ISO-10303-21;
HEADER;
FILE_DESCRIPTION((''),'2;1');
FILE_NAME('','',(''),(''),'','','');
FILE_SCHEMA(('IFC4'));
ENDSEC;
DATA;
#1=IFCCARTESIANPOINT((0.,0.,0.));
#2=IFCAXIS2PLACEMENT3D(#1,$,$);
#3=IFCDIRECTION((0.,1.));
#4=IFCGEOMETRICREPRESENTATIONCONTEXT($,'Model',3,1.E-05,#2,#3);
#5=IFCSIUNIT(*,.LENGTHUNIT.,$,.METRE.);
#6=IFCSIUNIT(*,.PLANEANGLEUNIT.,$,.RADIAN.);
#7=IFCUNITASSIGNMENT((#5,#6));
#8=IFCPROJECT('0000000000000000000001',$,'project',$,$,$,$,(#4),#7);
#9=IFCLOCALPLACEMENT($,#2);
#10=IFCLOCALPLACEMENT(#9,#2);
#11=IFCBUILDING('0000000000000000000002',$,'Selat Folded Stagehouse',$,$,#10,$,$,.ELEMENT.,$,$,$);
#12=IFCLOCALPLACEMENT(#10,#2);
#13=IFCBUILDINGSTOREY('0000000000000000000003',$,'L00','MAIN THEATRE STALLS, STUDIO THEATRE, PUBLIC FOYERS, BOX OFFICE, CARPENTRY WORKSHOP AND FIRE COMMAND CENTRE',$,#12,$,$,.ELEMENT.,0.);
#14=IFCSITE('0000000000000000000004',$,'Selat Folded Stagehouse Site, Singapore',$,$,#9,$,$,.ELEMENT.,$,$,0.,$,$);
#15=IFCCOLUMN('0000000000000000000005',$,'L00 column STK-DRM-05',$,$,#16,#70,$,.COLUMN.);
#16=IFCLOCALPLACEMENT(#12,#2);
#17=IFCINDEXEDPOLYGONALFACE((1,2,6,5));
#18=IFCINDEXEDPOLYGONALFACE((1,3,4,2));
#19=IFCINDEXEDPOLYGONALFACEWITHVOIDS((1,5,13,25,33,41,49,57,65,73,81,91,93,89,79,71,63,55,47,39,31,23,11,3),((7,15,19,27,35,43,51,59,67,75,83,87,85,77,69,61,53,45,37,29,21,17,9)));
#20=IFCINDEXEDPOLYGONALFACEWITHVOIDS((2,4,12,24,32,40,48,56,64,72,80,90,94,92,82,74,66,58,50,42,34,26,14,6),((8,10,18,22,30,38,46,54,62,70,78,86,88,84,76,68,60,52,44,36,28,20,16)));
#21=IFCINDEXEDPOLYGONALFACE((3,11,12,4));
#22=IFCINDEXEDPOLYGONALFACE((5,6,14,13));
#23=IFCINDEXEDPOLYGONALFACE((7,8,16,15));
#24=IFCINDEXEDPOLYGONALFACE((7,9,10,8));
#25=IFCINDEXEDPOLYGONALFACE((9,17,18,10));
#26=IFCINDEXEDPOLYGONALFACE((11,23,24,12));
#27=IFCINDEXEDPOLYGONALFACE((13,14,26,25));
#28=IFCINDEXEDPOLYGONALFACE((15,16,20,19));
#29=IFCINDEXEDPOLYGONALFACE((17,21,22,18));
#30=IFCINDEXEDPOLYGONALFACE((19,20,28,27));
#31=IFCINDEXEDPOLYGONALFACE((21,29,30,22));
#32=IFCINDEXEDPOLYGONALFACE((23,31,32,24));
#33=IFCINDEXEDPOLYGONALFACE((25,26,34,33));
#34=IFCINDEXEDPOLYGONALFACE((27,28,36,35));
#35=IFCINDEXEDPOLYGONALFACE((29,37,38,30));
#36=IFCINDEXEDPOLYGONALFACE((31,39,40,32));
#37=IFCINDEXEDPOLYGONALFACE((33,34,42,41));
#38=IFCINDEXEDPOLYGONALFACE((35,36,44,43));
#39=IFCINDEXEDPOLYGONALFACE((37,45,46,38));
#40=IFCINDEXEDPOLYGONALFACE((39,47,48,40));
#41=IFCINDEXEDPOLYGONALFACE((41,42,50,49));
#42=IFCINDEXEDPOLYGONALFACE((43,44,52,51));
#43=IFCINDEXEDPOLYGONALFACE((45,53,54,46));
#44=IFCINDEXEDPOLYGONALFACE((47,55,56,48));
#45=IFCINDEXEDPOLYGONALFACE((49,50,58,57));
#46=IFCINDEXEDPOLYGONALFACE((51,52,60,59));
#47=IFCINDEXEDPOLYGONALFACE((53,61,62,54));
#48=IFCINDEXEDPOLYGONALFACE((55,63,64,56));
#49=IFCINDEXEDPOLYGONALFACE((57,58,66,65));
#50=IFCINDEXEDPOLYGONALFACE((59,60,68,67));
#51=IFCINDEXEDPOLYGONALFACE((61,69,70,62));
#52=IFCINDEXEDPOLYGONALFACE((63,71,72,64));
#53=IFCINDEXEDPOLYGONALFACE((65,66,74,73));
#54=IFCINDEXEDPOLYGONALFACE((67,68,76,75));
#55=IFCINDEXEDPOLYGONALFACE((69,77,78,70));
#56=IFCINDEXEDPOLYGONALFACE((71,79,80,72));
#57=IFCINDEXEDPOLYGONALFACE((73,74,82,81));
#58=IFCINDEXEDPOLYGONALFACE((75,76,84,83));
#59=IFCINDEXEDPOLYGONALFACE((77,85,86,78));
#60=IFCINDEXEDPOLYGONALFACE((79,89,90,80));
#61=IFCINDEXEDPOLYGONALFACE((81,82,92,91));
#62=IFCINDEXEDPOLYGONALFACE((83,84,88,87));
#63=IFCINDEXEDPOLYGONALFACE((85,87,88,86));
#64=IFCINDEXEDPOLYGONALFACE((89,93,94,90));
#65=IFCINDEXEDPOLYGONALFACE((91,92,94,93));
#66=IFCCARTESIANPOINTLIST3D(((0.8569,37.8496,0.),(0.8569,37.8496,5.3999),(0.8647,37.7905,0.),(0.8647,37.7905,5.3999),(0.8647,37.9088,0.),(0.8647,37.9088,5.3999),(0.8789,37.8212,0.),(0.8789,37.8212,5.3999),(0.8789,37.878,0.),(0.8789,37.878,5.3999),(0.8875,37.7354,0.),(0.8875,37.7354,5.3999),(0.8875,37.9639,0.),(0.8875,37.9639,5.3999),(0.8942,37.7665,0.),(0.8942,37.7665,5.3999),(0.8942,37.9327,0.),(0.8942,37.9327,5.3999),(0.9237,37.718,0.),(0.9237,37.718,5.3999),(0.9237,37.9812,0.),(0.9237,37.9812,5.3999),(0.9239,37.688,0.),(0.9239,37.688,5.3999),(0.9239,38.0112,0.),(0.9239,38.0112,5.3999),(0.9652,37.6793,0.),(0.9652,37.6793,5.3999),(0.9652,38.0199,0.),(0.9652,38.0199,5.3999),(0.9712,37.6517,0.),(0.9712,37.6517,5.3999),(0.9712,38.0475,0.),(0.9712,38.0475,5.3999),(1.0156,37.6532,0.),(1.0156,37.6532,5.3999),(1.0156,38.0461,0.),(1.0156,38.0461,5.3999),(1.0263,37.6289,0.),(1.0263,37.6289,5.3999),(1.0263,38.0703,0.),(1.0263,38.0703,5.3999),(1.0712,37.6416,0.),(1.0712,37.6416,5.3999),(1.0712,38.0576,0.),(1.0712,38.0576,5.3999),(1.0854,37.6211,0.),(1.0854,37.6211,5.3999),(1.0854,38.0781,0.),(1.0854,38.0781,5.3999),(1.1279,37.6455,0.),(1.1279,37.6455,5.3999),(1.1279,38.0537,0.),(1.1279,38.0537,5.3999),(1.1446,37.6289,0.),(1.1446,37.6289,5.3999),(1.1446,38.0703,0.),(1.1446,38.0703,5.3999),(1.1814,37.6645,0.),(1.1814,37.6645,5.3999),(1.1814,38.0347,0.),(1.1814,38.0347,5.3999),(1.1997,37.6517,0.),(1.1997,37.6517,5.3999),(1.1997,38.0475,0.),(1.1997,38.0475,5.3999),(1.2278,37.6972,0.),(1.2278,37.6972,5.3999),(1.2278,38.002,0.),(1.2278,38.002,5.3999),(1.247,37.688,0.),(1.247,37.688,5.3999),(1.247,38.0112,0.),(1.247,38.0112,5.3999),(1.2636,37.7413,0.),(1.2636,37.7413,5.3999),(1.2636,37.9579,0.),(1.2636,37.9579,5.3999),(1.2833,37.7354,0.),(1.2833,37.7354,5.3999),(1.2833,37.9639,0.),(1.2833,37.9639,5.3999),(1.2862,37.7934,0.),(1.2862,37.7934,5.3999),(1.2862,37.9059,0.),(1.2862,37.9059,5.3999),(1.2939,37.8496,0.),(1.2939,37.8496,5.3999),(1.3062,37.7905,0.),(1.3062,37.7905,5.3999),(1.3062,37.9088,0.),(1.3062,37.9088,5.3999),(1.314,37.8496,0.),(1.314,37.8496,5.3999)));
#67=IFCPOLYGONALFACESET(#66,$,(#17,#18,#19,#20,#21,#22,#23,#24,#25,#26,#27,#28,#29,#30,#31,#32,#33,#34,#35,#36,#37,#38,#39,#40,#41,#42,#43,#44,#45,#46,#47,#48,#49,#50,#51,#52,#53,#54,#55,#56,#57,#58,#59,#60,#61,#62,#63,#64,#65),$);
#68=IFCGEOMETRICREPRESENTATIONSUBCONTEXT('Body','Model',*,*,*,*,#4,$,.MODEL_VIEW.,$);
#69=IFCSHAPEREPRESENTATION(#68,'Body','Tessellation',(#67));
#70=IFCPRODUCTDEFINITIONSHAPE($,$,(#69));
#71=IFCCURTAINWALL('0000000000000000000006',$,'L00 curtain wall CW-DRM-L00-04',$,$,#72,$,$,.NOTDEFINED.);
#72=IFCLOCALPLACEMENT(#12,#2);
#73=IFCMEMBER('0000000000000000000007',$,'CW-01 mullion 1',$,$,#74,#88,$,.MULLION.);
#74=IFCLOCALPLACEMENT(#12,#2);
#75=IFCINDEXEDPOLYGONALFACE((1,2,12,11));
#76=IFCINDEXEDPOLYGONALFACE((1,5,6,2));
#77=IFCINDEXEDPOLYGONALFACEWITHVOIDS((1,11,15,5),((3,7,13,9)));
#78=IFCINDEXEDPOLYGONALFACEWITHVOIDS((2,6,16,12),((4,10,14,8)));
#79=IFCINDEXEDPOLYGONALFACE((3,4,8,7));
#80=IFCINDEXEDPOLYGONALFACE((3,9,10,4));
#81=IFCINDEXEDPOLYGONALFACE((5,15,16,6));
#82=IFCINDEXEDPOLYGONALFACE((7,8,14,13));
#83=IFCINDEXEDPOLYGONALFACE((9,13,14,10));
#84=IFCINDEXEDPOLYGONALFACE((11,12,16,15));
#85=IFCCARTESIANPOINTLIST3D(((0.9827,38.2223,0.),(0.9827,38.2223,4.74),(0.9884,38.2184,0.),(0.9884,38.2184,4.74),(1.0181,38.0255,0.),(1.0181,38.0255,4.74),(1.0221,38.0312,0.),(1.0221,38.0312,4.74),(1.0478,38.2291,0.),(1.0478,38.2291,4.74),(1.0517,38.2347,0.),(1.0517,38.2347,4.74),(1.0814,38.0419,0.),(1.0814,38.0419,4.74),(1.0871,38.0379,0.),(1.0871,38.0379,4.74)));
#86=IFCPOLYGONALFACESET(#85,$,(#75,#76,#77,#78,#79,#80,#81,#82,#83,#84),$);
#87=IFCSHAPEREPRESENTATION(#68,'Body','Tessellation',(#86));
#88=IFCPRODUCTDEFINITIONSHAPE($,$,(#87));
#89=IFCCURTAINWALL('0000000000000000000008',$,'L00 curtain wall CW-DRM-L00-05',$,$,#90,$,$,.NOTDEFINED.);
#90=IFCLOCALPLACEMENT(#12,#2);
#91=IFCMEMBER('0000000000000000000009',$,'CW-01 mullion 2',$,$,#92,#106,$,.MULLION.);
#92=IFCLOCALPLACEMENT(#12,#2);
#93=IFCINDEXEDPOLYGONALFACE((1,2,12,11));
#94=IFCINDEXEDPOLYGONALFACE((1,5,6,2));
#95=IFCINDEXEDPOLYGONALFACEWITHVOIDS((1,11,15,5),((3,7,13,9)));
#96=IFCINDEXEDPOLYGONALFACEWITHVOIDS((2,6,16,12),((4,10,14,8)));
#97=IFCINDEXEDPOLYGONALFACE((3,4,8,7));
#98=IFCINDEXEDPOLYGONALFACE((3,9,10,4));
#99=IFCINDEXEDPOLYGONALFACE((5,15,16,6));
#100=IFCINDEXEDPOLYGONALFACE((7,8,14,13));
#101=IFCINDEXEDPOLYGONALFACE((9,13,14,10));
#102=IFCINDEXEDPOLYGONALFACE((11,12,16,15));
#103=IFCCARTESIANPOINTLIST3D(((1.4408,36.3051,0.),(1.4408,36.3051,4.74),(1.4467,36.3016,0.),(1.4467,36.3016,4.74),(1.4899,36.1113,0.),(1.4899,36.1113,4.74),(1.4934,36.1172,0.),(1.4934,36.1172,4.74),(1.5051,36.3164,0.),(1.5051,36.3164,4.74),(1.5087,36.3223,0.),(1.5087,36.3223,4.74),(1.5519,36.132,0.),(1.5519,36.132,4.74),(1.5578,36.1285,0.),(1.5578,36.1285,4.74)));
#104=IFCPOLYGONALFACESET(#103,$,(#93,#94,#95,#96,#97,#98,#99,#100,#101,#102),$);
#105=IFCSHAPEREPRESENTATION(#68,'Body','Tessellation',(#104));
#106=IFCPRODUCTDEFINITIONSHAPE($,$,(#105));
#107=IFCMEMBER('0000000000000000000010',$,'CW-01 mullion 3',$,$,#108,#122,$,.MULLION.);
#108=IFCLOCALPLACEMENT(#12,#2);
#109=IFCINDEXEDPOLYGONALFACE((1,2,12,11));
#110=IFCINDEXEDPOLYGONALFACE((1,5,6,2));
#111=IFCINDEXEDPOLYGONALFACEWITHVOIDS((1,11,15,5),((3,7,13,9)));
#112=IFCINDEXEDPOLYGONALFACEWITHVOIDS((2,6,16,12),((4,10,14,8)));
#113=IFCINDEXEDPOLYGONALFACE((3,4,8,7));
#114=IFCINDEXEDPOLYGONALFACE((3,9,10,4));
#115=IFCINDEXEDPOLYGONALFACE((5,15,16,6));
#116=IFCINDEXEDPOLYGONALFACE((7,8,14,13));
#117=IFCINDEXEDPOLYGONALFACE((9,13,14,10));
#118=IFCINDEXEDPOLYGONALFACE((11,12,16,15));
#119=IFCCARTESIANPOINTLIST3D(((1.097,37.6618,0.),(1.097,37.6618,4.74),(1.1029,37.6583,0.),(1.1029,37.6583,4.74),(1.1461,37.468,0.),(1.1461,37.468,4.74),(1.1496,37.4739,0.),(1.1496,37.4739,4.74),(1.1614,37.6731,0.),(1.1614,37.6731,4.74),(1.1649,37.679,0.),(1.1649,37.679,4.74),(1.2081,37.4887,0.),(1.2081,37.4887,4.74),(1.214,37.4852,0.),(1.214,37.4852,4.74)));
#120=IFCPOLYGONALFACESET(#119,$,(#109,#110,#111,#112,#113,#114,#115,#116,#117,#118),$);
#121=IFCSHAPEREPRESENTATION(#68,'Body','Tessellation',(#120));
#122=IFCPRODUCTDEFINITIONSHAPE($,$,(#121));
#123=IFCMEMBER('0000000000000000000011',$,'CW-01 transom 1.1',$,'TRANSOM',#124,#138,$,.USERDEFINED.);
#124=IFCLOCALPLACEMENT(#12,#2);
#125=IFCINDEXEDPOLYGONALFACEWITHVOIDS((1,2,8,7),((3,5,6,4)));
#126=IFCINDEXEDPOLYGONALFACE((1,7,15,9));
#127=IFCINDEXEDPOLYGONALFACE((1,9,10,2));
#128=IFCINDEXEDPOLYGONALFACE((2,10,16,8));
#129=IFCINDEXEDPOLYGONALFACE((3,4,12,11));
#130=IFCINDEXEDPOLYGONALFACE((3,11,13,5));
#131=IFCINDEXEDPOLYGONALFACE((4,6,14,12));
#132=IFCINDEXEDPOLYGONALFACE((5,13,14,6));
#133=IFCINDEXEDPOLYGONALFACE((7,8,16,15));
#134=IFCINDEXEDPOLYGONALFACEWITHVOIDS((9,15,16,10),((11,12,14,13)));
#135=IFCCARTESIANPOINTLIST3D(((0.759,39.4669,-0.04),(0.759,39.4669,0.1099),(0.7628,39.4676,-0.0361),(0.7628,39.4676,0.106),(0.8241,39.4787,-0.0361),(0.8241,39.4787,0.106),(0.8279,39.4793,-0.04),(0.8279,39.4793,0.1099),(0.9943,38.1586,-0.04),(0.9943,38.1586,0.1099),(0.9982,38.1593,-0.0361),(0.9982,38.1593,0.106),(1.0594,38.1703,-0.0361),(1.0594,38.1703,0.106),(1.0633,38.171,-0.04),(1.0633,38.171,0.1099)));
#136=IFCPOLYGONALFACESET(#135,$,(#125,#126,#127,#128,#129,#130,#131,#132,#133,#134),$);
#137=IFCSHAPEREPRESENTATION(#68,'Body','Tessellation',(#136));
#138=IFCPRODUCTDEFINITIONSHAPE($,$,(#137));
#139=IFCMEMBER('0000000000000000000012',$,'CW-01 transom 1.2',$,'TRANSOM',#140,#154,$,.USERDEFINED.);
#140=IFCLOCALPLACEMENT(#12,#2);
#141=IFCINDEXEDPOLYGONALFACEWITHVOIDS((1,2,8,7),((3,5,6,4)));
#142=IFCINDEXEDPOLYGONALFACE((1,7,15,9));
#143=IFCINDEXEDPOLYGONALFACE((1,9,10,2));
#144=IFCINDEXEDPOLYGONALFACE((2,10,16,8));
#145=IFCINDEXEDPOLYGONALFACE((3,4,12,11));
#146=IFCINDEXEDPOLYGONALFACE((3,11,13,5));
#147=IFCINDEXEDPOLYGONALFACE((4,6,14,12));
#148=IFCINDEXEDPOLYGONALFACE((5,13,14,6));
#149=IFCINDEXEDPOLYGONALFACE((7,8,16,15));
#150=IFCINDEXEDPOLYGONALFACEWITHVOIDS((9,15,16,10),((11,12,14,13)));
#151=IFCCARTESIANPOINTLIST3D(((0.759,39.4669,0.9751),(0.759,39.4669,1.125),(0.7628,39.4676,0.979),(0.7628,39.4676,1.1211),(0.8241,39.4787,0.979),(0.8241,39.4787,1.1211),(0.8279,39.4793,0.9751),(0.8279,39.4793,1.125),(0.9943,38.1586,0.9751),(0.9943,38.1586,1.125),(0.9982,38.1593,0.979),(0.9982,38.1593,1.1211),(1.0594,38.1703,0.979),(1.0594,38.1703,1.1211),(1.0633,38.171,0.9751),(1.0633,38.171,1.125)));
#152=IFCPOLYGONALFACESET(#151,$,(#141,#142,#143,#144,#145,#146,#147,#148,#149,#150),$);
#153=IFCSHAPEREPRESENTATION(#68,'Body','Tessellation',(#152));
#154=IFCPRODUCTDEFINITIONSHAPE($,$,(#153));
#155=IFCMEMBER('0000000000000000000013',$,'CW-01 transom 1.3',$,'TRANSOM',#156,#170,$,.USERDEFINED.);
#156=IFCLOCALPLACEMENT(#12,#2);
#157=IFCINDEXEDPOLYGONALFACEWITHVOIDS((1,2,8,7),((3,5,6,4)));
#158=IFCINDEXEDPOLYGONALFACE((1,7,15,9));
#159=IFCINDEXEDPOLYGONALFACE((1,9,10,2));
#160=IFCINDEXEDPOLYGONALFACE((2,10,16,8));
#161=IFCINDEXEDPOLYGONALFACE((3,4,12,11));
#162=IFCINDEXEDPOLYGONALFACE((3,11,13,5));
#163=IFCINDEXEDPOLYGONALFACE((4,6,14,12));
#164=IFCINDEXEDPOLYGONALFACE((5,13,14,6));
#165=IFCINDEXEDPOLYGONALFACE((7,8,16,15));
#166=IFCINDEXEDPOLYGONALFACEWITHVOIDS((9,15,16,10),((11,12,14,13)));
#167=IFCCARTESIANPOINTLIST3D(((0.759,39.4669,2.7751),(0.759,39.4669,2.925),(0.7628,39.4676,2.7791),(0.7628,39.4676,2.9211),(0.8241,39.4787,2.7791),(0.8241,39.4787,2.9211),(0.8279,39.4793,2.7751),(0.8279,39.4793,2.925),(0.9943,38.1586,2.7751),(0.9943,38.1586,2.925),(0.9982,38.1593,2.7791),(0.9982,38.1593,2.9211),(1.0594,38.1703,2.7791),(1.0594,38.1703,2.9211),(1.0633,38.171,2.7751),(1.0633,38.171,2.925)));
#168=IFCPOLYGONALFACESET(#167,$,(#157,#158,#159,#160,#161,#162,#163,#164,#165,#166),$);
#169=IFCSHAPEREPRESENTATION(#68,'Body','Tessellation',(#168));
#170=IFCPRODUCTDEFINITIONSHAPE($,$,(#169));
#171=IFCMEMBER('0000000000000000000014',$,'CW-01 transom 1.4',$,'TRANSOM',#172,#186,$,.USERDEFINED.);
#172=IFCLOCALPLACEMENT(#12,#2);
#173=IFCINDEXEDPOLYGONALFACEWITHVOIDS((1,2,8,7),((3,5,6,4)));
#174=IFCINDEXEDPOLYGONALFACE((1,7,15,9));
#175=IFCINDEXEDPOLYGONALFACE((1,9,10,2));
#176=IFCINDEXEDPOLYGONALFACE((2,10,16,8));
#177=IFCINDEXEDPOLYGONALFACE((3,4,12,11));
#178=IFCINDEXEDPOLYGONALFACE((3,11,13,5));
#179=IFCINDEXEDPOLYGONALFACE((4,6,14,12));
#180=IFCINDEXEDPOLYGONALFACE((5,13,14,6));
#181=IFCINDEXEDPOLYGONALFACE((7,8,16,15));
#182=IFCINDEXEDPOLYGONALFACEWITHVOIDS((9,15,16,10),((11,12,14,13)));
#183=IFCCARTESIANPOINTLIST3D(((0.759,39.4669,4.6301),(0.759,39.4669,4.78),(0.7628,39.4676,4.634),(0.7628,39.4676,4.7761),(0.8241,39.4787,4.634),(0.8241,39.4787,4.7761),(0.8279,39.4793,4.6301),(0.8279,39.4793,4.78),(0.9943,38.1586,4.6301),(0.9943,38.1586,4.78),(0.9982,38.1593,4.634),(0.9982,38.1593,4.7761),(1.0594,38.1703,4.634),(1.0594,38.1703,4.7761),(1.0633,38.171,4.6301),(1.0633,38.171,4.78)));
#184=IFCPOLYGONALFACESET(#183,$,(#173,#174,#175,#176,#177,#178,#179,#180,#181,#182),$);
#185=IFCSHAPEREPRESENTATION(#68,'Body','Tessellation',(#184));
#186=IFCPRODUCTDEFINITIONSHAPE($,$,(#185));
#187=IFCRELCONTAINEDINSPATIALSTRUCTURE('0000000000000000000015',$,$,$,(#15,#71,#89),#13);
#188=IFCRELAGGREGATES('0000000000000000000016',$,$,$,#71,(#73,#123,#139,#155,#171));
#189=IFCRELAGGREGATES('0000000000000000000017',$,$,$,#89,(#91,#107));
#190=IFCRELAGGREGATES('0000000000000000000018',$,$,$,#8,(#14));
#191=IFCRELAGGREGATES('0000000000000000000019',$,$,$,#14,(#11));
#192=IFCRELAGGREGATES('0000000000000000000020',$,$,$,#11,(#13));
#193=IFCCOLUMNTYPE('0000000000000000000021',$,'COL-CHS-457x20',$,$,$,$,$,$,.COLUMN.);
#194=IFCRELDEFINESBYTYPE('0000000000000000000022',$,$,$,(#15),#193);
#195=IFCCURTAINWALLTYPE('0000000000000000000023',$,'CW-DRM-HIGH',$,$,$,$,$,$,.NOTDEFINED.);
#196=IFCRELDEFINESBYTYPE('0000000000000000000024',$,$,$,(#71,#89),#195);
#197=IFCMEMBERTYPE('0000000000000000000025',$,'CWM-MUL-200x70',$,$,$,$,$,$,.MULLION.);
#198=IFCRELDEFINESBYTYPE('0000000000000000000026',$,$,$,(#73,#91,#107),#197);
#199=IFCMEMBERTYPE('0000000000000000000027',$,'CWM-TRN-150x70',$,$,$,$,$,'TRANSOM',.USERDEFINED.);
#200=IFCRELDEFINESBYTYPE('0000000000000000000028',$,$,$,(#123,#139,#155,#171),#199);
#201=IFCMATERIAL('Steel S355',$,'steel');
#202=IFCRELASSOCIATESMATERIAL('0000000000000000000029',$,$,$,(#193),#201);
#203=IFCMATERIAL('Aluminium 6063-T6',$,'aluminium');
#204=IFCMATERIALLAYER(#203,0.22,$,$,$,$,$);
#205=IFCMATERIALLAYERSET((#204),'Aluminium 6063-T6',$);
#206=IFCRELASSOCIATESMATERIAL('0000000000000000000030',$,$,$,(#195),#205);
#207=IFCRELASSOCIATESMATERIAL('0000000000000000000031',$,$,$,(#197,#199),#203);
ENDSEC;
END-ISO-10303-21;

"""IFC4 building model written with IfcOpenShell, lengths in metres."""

from ifc_helpers import new_model, si_unit, direction, frame, origin, origin_2d, place, context, subcontext, project, spatial, hollow_rectangle, hollow_circle, extrude, material, layer, layer_set, material_profile, profile_set, type_object, element, aggregate, save


model = new_model("IFC4")

# Units and contexts
model_context = context("Model", 3, precision=1e-05, world=origin(), true_north=direction((0.0, 1.0)))
body_context = subcontext(model_context, "Body", "Model", "MODEL_VIEW")
ifc_project = project(units=[si_unit("LENGTHUNIT", "METRE"), si_unit("PLANEANGLEUNIT", "RADIAN")], contexts=[model_context])

# Site, building, storey
site_placement = place(None, origin())
site = spatial("IfcSite", under=ifc_project, at=site_placement, Name="Selat Folded Stagehouse Site, Singapore", CompositionType="ELEMENT", RefElevation=0.0)
building_placement = place(site_placement, origin())
building = spatial("IfcBuilding", under=site, at=building_placement, Name="Selat Folded Stagehouse", CompositionType="ELEMENT")
storey_placement = place(building_placement, origin())
storey = spatial("IfcBuildingStorey", under=building, at=storey_placement, Name="L00", Description="MAIN THEATRE STALLS, STUDIO THEATRE, PUBLIC FOYERS, BOX OFFICE, CARPENTRY WORKSHOP AND FIRE COMMAND CENTRE", CompositionType="ELEMENT", Elevation=0.0)

# Column
ifc_material_1 = material(Name="Steel S355", Category="steel")
ifc_material_profile_1 = material_profile(ifc_material_1, hollow_circle(Radius=0.2285, WallThickness=0.02, at=origin_2d()), Name="CHS 457.0x20.0")
ifc_profile_set_1 = profile_set([ifc_material_profile_1], Name="Steel S355")
column_type = type_object("IfcColumnType", Name="COL-CHS-457x20", PredefinedType="COLUMN", material=ifc_profile_set_1)
column_placement = place(storey_placement, frame((1.0854, 37.8496, 0.0), z_axis=(0.0, 0.0, 1.0), x_axis=(1.0, 0.0, 0.0)))
element("IfcColumn", 1, at=column_placement, inside=storey, type_object=column_type, Name="L00 column STK-DRM-05", PredefinedType="COLUMN", context=body_context, shape_type="SweptSolid", body=[
    extrude(hollow_circle(Radius=0.2285, WallThickness=0.02, at=origin_2d()), origin(), (0.0, 0.0, 1.0), 5.3999),
])

# Curtain wall, member
ifc_material_2 = material(Name="Aluminium 6063-T6", Category="aluminium")
ifc_layer_1 = layer(ifc_material_2, 0.22)
ifc_layer_set_1 = layer_set([ifc_layer_1], Name="Aluminium 6063-T6")
curtain_wall_type = type_object("IfcCurtainWallType", Name="CW-DRM-HIGH", PredefinedType="NOTDEFINED", material=ifc_layer_set_1)
curtain_wall_1_placement = place(storey_placement, origin())
curtain_wall_1 = element("IfcCurtainWall", 2, at=curtain_wall_1_placement, inside=storey, type_object=curtain_wall_type, Name="L00 curtain wall CW-DRM-L00-04", PredefinedType="NOTDEFINED")
ifc_material_profile_2 = material_profile(ifc_material_2, hollow_rectangle(XDim=0.0701, YDim=0.2, WallThickness=0.0049, at=origin_2d()), Name="ALU 200x70x5.0")
ifc_profile_set_2 = profile_set([ifc_material_profile_2], Name="Aluminium 6063-T6")
member_type_1 = type_object("IfcMemberType", Name="CWM-MUL-200x70", PredefinedType="MULLION", material=ifc_profile_set_2)
member_1_placement = place(storey_placement, frame((1.0349, 38.1301, 0.0), z_axis=(0.0, 0.0, 1.0), x_axis=(-0.984211, -0.177002, 0.0)))
member_1 = element("IfcMember", 3, at=member_1_placement, type_object=member_type_1, Name="CW-01 mullion 1", PredefinedType="MULLION", context=body_context, shape_type="SweptSolid", body=[
    extrude(hollow_rectangle(XDim=0.0701, YDim=0.2, WallThickness=0.0049, at=origin_2d()), origin(), (0.0, 0.0, 1.0), 4.74),
])

# Curtain wall, members
curtain_wall_2_placement = place(storey_placement, origin())
curtain_wall_2 = element("IfcCurtainWall", 4, at=curtain_wall_2_placement, inside=storey, type_object=curtain_wall_type, Name="L00 curtain wall CW-DRM-L00-05", PredefinedType="NOTDEFINED")
member_2_placement = place(storey_placement, frame((1.4993, 36.2168, 0.0), z_axis=(0.0, 0.0, 1.0), x_axis=(-0.969367, -0.245618, 0.0)))
member_2 = element("IfcMember", 5, at=member_2_placement, type_object=member_type_1, Name="CW-01 mullion 2", PredefinedType="MULLION", context=body_context, shape_type="SweptSolid", body=[
    extrude(hollow_rectangle(XDim=0.0701, YDim=0.2, WallThickness=0.0049, at=origin_2d()), origin(), (0.0, 0.0, 1.0), 4.74),
])
member_3_placement = place(storey_placement, frame((1.1555, 37.5735, 0.0), z_axis=(0.0, 0.0, 1.0), x_axis=(-0.969367, -0.245618, 0.0)))
member_3 = element("IfcMember", 6, at=member_3_placement, type_object=member_type_1, Name="CW-01 mullion 3", PredefinedType="MULLION", context=body_context, shape_type="SweptSolid", body=[
    extrude(hollow_rectangle(XDim=0.0701, YDim=0.2, WallThickness=0.0049, at=origin_2d()), origin(), (0.0, 0.0, 1.0), 4.74),
])

# Members
ifc_material_profile_3 = material_profile(ifc_material_2, hollow_rectangle(XDim=0.0701, YDim=0.1499, WallThickness=0.0039, at=origin_2d()), Name="ALU 150x70x4.0")
ifc_profile_set_3 = profile_set([ifc_material_profile_3], Name="Aluminium 6063-T6")
member_type_2 = type_object("IfcMemberType", Name="CWM-TRN-150x70", ElementType="TRANSOM", PredefinedType="USERDEFINED", material=ifc_profile_set_3)
member_4_placement = place(storey_placement, frame((1.0288, 38.1648, 0.0349), z_axis=(-0.177043, 0.984203, 0.0), x_axis=(-0.984203, -0.177043, 0.0)))
member_4 = element("IfcMember", 7, at=member_4_placement, type_object=member_type_2, Name="CW-01 transom 1.1", ObjectType="TRANSOM", PredefinedType="USERDEFINED", context=body_context, shape_type="SweptSolid", body=[
    extrude(hollow_rectangle(XDim=0.0701, YDim=0.1499, WallThickness=0.0039, at=origin_2d()), origin(), (0.0, 0.0, 1.0), 1.3293),
])
member_5_placement = place(storey_placement, frame((1.0288, 38.1648, 1.05), z_axis=(-0.177043, 0.984203, 0.0), x_axis=(-0.984203, -0.177043, 0.0)))
member_5 = element("IfcMember", 8, at=member_5_placement, type_object=member_type_2, Name="CW-01 transom 1.2", ObjectType="TRANSOM", PredefinedType="USERDEFINED", context=body_context, shape_type="SweptSolid", body=[
    extrude(hollow_rectangle(XDim=0.0701, YDim=0.1499, WallThickness=0.0039, at=origin_2d()), origin(), (0.0, 0.0, 1.0), 1.3293),
])
member_6_placement = place(storey_placement, frame((1.0288, 38.1648, 2.8501), z_axis=(-0.177043, 0.984203, 0.0), x_axis=(-0.984203, -0.177043, 0.0)))
member_6 = element("IfcMember", 9, at=member_6_placement, type_object=member_type_2, Name="CW-01 transom 1.3", ObjectType="TRANSOM", PredefinedType="USERDEFINED", context=body_context, shape_type="SweptSolid", body=[
    extrude(hollow_rectangle(XDim=0.0701, YDim=0.1499, WallThickness=0.0039, at=origin_2d()), origin(), (0.0, 0.0, 1.0), 1.3293),
])
member_7_placement = place(storey_placement, frame((1.0288, 38.1648, 4.7051), z_axis=(-0.177043, 0.984203, 0.0), x_axis=(-0.984203, -0.177043, 0.0)))
member_7 = element("IfcMember", 10, at=member_7_placement, type_object=member_type_2, Name="CW-01 transom 1.4", ObjectType="TRANSOM", PredefinedType="USERDEFINED", context=body_context, shape_type="SweptSolid", body=[
    extrude(hollow_rectangle(XDim=0.0701, YDim=0.1499, WallThickness=0.0039, at=origin_2d()), origin(), (0.0, 0.0, 1.0), 1.3293),
])
aggregate(curtain_wall_1, [member_1, member_4, member_5, member_6, member_7])

aggregate(curtain_wall_2, [member_2, member_3])

save(model, "model.ifc")
